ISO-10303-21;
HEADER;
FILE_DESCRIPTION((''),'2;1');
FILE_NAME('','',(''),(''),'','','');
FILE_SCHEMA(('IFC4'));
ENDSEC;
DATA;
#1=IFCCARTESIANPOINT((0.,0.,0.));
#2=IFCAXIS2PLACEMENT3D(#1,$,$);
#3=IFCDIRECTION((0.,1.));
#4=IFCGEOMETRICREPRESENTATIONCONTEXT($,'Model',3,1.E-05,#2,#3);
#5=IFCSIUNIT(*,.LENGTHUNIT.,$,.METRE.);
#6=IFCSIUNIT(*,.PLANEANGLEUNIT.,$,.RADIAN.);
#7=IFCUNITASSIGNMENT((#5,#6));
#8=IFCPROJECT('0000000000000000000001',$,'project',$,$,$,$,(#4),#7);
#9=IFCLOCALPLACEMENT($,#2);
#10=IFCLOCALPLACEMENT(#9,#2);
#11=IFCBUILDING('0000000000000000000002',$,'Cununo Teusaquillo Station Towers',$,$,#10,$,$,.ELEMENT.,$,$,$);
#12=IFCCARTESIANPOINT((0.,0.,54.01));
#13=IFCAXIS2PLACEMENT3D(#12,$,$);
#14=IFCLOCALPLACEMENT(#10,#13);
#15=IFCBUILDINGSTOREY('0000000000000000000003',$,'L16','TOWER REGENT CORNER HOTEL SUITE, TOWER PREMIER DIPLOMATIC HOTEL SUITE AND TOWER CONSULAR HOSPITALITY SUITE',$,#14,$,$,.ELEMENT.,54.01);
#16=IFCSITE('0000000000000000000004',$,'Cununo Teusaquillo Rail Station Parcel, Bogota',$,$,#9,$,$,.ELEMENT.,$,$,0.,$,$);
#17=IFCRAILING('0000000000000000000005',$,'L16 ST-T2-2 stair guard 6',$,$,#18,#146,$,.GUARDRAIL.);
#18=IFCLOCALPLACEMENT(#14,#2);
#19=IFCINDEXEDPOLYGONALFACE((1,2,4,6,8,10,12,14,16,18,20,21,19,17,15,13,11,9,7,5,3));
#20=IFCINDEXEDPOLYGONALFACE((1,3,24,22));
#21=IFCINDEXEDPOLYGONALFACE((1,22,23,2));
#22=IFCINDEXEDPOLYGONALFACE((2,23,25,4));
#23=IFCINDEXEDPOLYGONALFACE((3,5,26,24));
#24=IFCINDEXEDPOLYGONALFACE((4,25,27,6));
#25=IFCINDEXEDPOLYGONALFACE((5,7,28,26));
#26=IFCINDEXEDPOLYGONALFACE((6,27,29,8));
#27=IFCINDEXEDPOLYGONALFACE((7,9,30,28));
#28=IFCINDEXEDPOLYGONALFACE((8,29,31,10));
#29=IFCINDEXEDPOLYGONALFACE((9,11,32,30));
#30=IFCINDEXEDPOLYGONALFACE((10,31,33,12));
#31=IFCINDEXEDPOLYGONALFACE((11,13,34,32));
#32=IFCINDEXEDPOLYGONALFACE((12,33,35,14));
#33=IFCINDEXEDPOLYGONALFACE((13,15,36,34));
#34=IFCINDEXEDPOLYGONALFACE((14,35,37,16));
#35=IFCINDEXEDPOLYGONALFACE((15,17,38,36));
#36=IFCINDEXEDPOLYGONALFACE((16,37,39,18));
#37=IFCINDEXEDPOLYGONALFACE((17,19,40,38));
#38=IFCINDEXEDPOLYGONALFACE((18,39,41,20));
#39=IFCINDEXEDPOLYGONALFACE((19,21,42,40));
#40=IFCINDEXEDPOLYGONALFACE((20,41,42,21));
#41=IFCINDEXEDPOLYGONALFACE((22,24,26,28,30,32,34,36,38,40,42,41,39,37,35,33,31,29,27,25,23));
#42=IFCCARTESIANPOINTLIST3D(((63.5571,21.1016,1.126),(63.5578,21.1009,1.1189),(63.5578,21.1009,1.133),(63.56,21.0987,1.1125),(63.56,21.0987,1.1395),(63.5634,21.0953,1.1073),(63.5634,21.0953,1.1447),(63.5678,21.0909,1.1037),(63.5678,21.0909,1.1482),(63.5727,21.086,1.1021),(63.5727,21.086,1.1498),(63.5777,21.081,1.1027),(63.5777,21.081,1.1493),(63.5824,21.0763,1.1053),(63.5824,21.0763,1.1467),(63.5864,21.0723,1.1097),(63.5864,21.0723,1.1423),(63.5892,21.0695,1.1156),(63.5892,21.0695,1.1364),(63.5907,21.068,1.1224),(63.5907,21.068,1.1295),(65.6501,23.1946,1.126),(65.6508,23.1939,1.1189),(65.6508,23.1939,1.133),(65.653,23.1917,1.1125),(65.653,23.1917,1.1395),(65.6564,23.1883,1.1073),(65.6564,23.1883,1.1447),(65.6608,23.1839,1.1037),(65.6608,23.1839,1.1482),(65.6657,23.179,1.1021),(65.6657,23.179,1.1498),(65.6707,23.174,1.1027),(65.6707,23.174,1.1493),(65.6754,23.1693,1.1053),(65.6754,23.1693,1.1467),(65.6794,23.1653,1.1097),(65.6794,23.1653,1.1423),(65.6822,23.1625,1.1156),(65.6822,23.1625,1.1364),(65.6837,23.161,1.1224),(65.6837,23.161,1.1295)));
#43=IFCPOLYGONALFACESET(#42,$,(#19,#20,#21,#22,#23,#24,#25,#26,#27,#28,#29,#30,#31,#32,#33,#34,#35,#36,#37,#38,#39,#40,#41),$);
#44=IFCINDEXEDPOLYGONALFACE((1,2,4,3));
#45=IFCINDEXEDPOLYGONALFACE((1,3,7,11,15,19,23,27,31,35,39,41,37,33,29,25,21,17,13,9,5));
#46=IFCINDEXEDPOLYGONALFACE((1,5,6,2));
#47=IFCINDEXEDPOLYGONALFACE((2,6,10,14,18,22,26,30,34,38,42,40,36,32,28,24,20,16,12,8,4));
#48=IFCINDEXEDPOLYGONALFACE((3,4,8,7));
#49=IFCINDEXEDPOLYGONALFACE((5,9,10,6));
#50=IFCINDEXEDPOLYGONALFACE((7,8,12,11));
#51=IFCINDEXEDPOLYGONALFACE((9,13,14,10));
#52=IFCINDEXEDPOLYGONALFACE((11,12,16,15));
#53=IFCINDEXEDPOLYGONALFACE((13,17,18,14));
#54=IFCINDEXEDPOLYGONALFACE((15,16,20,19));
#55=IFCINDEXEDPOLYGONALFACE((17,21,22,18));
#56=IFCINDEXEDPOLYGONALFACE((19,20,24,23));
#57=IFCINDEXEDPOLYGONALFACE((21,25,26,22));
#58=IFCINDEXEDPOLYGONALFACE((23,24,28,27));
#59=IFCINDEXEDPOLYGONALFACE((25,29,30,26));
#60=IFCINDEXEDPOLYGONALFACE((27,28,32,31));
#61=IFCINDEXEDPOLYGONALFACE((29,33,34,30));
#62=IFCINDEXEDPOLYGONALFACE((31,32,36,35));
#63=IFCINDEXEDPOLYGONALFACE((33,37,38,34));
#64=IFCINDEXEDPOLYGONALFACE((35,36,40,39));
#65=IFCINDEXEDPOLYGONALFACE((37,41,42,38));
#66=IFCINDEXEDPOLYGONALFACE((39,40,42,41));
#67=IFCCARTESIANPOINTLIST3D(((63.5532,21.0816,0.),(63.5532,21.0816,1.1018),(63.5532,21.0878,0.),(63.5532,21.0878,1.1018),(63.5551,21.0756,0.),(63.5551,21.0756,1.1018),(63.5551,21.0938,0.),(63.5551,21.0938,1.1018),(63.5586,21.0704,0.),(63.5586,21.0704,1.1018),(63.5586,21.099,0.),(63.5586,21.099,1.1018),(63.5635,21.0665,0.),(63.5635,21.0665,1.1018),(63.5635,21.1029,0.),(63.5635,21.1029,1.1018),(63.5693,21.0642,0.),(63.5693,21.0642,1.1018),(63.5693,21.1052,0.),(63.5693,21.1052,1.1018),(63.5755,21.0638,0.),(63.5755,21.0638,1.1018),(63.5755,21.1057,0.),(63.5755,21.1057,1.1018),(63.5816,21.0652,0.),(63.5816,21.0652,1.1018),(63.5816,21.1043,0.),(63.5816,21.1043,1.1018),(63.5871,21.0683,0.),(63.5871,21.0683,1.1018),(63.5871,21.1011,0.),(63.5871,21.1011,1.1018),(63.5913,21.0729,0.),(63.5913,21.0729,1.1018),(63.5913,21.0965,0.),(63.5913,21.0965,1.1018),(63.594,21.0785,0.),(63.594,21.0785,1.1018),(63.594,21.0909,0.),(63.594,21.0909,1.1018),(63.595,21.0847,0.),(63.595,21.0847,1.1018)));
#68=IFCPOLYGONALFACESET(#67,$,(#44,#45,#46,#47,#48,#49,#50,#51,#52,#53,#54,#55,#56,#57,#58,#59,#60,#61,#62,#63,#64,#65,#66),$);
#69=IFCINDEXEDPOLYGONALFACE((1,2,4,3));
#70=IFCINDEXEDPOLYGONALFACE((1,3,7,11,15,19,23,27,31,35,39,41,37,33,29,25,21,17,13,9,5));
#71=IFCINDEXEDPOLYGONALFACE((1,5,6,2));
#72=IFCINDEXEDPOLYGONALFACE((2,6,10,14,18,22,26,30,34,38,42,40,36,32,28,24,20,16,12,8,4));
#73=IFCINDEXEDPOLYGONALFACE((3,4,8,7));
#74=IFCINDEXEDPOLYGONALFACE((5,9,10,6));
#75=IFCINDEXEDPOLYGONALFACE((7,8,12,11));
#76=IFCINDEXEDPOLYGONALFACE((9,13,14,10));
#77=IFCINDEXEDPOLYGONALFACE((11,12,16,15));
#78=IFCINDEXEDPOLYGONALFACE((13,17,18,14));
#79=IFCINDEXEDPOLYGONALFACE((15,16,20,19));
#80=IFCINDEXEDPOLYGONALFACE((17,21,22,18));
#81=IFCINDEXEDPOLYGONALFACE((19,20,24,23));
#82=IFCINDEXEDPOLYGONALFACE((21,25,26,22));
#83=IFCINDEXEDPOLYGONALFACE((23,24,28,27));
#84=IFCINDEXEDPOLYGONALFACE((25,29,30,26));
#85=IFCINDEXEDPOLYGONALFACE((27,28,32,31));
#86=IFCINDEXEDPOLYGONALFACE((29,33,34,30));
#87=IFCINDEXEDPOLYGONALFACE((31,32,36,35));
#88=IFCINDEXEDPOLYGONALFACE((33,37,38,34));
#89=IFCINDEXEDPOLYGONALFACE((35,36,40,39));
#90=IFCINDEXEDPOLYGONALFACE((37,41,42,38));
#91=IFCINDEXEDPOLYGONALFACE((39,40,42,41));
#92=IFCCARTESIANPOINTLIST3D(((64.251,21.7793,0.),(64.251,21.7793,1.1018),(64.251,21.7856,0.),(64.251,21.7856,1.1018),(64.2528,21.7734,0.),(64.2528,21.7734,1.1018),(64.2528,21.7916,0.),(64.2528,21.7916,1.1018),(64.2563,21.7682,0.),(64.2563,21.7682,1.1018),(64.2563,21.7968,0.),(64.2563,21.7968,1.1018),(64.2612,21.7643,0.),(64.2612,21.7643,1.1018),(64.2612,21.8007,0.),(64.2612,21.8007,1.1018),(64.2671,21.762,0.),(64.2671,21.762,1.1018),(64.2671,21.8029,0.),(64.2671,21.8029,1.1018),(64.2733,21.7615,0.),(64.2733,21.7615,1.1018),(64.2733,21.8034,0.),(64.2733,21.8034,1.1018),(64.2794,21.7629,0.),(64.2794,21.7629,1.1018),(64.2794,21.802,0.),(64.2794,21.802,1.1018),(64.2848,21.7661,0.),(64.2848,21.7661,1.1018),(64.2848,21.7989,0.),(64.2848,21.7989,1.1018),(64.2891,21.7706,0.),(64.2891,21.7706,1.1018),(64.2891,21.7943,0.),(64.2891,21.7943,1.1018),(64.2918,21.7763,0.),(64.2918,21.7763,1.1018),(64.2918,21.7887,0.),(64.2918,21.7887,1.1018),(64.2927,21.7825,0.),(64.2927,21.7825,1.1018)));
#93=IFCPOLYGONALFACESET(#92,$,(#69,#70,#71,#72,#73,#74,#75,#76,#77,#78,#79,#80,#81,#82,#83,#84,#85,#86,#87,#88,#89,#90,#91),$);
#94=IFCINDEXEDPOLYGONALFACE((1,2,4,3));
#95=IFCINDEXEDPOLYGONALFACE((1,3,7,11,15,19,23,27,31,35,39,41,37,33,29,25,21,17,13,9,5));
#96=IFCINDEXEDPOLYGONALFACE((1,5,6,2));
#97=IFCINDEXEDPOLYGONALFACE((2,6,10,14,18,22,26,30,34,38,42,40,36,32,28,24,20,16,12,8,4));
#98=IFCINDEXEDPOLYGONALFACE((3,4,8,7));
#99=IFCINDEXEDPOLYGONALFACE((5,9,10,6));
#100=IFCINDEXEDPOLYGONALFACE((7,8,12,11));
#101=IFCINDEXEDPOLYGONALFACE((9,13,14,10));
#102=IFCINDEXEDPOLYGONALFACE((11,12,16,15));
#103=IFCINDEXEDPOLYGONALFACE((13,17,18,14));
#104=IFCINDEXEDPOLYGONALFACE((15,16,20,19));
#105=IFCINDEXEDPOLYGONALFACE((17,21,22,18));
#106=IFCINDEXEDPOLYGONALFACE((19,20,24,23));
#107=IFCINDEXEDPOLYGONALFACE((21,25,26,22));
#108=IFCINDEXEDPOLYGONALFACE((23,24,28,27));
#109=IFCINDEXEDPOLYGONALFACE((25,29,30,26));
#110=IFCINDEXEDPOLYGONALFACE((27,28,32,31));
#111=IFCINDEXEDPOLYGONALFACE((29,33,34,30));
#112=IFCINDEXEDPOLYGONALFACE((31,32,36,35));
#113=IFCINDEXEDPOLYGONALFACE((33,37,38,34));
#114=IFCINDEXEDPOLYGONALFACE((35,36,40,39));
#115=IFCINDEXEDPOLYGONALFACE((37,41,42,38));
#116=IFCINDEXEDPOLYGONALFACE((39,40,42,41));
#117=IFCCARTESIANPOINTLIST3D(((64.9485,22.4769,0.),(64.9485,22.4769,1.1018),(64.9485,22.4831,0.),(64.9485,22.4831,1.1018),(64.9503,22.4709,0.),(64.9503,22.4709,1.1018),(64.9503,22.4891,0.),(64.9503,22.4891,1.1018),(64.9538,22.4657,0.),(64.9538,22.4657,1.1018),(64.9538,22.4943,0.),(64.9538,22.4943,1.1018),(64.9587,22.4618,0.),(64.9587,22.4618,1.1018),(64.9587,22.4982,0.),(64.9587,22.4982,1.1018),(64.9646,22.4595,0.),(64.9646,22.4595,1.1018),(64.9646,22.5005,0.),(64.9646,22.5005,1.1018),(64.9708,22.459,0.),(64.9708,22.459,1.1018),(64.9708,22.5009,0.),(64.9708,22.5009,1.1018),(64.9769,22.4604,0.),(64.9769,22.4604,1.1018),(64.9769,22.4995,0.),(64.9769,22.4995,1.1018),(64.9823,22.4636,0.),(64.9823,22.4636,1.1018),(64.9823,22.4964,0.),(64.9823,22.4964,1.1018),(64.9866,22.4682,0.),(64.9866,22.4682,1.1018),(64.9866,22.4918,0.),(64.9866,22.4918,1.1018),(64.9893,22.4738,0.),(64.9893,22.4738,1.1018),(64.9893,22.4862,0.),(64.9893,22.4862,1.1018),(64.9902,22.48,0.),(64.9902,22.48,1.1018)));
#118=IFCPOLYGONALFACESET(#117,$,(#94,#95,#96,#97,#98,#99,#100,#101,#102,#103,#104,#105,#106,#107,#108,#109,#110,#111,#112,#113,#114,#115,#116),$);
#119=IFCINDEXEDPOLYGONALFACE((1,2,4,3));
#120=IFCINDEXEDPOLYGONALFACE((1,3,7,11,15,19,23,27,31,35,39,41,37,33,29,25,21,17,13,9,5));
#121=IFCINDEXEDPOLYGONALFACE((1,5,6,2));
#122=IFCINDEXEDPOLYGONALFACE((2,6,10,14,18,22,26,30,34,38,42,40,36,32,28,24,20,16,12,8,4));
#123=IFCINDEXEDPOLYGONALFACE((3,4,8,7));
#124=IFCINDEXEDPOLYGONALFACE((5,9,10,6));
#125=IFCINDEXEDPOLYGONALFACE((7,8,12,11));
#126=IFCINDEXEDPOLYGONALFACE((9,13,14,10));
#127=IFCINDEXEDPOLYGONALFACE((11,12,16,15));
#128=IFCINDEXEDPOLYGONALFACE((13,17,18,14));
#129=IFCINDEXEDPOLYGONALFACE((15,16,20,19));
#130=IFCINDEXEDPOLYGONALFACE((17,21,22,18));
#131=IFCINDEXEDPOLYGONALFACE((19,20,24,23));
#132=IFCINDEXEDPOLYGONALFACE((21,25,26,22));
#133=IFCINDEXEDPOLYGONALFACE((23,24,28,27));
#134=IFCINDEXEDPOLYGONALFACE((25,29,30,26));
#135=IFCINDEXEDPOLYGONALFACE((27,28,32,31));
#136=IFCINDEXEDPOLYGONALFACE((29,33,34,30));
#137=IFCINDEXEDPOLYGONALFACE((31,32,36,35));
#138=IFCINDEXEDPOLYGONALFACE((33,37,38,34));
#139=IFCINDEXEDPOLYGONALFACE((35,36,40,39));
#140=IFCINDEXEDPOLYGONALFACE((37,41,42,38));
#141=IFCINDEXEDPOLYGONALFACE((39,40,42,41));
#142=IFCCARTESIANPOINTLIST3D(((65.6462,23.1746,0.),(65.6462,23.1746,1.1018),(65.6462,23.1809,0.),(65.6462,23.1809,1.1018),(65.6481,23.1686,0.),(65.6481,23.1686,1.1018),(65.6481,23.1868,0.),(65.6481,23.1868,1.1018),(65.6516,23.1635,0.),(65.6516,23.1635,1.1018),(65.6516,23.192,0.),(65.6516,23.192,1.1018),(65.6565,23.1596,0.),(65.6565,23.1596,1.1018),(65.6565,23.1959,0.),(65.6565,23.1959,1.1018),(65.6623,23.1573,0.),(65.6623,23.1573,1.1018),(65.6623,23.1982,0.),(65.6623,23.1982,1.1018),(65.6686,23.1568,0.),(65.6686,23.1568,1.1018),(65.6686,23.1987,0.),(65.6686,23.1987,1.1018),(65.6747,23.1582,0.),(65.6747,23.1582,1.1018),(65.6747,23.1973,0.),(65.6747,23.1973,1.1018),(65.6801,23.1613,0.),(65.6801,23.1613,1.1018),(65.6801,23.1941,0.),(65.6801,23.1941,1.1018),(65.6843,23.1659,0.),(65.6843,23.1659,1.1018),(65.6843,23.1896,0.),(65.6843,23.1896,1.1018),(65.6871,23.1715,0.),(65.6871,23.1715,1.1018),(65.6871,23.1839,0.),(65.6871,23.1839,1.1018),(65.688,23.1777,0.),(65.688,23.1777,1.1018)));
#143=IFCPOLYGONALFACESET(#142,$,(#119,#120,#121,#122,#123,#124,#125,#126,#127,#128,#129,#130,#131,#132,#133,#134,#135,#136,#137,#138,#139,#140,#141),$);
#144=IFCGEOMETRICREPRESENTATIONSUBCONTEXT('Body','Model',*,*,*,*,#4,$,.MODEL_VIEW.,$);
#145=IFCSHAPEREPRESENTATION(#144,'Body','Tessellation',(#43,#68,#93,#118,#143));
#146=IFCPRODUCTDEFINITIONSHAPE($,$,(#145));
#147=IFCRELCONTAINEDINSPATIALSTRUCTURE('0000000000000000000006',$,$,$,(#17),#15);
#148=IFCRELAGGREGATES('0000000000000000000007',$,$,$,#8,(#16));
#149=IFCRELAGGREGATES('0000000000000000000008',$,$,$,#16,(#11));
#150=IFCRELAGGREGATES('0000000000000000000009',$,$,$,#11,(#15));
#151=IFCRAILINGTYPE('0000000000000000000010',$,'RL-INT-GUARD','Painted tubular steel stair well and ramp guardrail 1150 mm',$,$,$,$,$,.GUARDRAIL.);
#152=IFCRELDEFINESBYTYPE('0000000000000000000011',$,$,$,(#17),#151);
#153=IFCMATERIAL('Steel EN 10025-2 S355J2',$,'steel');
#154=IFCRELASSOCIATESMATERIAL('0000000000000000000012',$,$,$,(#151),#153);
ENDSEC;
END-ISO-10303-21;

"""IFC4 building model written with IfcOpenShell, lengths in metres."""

from ifc_helpers import new_model, si_unit, direction, frame, origin, origin_2d, place, context, subcontext, project, spatial, circle, extrude, material, type_object, element, save


model = new_model("IFC4")

# Units and contexts
model_context = context("Model", 3, precision=1e-05, world=origin(), true_north=direction((0.0, 1.0)))
body_context = subcontext(model_context, "Body", "Model", "MODEL_VIEW")
ifc_project = project(units=[si_unit("LENGTHUNIT", "METRE"), si_unit("PLANEANGLEUNIT", "RADIAN")], contexts=[model_context])

# Site, building, storey
site_placement = place(None, origin())
site = spatial("IfcSite", under=ifc_project, at=site_placement, Name="Cununo Teusaquillo Rail Station Parcel, Bogota", CompositionType="ELEMENT", RefElevation=0.0)
building_placement = place(site_placement, origin())
building = spatial("IfcBuilding", under=site, at=building_placement, Name="Cununo Teusaquillo Station Towers", CompositionType="ELEMENT")
storey_placement = place(building_placement, frame((0.0, 0.0, 54.01)))
storey = spatial("IfcBuildingStorey", under=building, at=storey_placement, Name="L16", Description="TOWER REGENT CORNER HOTEL SUITE, TOWER PREMIER DIPLOMATIC HOTEL SUITE AND TOWER CONSULAR HOSPITALITY SUITE", CompositionType="ELEMENT", Elevation=54.01)

# Railing
ifc_material_1 = material(Name="Steel EN 10025-2 S355J2", Category="steel")
railing_type = type_object("IfcRailingType", Name="RL-INT-GUARD", Description="Painted tubular steel stair well and ramp guardrail 1150 mm", PredefinedType="GUARDRAIL", material=ifc_material_1)
railing_1_placement = place(storey_placement, frame((63.574, 21.0847, 0.0)))
element("IfcRailing", 1, at=railing_1_placement, inside=storey, type_object=railing_type, Name="L16 ST-T2-2 stair guard 6", PredefinedType="GUARDRAIL", context=body_context, shape_type="SweptSolid", body=[
    extrude(circle(Radius=0.0239, at=origin_2d()), frame((0.0, 0.0, 1.126), z_axis=(0.707107, 0.707107, 0.0), x_axis=(-0.707107, 0.707107, 0.0)), (0.0, 0.0, 1.0), 2.96),
    extrude(circle(Radius=0.021, at=origin_2d()), origin(), (0.0, 0.0, 1.0), 1.1018),
    extrude(circle(Radius=0.021, at=origin_2d()), frame((0.6978, 0.6978, 0.0)), (0.0, 0.0, 1.0), 1.1018),
    extrude(circle(Radius=0.021, at=origin_2d()), frame((1.3953, 1.3953, 0.0)), (0.0, 0.0, 1.0), 1.1018),
    extrude(circle(Radius=0.021, at=origin_2d()), frame((2.093, 2.093, 0.0)), (0.0, 0.0, 1.0), 1.1018),
])

save(model, "model.ifc")
